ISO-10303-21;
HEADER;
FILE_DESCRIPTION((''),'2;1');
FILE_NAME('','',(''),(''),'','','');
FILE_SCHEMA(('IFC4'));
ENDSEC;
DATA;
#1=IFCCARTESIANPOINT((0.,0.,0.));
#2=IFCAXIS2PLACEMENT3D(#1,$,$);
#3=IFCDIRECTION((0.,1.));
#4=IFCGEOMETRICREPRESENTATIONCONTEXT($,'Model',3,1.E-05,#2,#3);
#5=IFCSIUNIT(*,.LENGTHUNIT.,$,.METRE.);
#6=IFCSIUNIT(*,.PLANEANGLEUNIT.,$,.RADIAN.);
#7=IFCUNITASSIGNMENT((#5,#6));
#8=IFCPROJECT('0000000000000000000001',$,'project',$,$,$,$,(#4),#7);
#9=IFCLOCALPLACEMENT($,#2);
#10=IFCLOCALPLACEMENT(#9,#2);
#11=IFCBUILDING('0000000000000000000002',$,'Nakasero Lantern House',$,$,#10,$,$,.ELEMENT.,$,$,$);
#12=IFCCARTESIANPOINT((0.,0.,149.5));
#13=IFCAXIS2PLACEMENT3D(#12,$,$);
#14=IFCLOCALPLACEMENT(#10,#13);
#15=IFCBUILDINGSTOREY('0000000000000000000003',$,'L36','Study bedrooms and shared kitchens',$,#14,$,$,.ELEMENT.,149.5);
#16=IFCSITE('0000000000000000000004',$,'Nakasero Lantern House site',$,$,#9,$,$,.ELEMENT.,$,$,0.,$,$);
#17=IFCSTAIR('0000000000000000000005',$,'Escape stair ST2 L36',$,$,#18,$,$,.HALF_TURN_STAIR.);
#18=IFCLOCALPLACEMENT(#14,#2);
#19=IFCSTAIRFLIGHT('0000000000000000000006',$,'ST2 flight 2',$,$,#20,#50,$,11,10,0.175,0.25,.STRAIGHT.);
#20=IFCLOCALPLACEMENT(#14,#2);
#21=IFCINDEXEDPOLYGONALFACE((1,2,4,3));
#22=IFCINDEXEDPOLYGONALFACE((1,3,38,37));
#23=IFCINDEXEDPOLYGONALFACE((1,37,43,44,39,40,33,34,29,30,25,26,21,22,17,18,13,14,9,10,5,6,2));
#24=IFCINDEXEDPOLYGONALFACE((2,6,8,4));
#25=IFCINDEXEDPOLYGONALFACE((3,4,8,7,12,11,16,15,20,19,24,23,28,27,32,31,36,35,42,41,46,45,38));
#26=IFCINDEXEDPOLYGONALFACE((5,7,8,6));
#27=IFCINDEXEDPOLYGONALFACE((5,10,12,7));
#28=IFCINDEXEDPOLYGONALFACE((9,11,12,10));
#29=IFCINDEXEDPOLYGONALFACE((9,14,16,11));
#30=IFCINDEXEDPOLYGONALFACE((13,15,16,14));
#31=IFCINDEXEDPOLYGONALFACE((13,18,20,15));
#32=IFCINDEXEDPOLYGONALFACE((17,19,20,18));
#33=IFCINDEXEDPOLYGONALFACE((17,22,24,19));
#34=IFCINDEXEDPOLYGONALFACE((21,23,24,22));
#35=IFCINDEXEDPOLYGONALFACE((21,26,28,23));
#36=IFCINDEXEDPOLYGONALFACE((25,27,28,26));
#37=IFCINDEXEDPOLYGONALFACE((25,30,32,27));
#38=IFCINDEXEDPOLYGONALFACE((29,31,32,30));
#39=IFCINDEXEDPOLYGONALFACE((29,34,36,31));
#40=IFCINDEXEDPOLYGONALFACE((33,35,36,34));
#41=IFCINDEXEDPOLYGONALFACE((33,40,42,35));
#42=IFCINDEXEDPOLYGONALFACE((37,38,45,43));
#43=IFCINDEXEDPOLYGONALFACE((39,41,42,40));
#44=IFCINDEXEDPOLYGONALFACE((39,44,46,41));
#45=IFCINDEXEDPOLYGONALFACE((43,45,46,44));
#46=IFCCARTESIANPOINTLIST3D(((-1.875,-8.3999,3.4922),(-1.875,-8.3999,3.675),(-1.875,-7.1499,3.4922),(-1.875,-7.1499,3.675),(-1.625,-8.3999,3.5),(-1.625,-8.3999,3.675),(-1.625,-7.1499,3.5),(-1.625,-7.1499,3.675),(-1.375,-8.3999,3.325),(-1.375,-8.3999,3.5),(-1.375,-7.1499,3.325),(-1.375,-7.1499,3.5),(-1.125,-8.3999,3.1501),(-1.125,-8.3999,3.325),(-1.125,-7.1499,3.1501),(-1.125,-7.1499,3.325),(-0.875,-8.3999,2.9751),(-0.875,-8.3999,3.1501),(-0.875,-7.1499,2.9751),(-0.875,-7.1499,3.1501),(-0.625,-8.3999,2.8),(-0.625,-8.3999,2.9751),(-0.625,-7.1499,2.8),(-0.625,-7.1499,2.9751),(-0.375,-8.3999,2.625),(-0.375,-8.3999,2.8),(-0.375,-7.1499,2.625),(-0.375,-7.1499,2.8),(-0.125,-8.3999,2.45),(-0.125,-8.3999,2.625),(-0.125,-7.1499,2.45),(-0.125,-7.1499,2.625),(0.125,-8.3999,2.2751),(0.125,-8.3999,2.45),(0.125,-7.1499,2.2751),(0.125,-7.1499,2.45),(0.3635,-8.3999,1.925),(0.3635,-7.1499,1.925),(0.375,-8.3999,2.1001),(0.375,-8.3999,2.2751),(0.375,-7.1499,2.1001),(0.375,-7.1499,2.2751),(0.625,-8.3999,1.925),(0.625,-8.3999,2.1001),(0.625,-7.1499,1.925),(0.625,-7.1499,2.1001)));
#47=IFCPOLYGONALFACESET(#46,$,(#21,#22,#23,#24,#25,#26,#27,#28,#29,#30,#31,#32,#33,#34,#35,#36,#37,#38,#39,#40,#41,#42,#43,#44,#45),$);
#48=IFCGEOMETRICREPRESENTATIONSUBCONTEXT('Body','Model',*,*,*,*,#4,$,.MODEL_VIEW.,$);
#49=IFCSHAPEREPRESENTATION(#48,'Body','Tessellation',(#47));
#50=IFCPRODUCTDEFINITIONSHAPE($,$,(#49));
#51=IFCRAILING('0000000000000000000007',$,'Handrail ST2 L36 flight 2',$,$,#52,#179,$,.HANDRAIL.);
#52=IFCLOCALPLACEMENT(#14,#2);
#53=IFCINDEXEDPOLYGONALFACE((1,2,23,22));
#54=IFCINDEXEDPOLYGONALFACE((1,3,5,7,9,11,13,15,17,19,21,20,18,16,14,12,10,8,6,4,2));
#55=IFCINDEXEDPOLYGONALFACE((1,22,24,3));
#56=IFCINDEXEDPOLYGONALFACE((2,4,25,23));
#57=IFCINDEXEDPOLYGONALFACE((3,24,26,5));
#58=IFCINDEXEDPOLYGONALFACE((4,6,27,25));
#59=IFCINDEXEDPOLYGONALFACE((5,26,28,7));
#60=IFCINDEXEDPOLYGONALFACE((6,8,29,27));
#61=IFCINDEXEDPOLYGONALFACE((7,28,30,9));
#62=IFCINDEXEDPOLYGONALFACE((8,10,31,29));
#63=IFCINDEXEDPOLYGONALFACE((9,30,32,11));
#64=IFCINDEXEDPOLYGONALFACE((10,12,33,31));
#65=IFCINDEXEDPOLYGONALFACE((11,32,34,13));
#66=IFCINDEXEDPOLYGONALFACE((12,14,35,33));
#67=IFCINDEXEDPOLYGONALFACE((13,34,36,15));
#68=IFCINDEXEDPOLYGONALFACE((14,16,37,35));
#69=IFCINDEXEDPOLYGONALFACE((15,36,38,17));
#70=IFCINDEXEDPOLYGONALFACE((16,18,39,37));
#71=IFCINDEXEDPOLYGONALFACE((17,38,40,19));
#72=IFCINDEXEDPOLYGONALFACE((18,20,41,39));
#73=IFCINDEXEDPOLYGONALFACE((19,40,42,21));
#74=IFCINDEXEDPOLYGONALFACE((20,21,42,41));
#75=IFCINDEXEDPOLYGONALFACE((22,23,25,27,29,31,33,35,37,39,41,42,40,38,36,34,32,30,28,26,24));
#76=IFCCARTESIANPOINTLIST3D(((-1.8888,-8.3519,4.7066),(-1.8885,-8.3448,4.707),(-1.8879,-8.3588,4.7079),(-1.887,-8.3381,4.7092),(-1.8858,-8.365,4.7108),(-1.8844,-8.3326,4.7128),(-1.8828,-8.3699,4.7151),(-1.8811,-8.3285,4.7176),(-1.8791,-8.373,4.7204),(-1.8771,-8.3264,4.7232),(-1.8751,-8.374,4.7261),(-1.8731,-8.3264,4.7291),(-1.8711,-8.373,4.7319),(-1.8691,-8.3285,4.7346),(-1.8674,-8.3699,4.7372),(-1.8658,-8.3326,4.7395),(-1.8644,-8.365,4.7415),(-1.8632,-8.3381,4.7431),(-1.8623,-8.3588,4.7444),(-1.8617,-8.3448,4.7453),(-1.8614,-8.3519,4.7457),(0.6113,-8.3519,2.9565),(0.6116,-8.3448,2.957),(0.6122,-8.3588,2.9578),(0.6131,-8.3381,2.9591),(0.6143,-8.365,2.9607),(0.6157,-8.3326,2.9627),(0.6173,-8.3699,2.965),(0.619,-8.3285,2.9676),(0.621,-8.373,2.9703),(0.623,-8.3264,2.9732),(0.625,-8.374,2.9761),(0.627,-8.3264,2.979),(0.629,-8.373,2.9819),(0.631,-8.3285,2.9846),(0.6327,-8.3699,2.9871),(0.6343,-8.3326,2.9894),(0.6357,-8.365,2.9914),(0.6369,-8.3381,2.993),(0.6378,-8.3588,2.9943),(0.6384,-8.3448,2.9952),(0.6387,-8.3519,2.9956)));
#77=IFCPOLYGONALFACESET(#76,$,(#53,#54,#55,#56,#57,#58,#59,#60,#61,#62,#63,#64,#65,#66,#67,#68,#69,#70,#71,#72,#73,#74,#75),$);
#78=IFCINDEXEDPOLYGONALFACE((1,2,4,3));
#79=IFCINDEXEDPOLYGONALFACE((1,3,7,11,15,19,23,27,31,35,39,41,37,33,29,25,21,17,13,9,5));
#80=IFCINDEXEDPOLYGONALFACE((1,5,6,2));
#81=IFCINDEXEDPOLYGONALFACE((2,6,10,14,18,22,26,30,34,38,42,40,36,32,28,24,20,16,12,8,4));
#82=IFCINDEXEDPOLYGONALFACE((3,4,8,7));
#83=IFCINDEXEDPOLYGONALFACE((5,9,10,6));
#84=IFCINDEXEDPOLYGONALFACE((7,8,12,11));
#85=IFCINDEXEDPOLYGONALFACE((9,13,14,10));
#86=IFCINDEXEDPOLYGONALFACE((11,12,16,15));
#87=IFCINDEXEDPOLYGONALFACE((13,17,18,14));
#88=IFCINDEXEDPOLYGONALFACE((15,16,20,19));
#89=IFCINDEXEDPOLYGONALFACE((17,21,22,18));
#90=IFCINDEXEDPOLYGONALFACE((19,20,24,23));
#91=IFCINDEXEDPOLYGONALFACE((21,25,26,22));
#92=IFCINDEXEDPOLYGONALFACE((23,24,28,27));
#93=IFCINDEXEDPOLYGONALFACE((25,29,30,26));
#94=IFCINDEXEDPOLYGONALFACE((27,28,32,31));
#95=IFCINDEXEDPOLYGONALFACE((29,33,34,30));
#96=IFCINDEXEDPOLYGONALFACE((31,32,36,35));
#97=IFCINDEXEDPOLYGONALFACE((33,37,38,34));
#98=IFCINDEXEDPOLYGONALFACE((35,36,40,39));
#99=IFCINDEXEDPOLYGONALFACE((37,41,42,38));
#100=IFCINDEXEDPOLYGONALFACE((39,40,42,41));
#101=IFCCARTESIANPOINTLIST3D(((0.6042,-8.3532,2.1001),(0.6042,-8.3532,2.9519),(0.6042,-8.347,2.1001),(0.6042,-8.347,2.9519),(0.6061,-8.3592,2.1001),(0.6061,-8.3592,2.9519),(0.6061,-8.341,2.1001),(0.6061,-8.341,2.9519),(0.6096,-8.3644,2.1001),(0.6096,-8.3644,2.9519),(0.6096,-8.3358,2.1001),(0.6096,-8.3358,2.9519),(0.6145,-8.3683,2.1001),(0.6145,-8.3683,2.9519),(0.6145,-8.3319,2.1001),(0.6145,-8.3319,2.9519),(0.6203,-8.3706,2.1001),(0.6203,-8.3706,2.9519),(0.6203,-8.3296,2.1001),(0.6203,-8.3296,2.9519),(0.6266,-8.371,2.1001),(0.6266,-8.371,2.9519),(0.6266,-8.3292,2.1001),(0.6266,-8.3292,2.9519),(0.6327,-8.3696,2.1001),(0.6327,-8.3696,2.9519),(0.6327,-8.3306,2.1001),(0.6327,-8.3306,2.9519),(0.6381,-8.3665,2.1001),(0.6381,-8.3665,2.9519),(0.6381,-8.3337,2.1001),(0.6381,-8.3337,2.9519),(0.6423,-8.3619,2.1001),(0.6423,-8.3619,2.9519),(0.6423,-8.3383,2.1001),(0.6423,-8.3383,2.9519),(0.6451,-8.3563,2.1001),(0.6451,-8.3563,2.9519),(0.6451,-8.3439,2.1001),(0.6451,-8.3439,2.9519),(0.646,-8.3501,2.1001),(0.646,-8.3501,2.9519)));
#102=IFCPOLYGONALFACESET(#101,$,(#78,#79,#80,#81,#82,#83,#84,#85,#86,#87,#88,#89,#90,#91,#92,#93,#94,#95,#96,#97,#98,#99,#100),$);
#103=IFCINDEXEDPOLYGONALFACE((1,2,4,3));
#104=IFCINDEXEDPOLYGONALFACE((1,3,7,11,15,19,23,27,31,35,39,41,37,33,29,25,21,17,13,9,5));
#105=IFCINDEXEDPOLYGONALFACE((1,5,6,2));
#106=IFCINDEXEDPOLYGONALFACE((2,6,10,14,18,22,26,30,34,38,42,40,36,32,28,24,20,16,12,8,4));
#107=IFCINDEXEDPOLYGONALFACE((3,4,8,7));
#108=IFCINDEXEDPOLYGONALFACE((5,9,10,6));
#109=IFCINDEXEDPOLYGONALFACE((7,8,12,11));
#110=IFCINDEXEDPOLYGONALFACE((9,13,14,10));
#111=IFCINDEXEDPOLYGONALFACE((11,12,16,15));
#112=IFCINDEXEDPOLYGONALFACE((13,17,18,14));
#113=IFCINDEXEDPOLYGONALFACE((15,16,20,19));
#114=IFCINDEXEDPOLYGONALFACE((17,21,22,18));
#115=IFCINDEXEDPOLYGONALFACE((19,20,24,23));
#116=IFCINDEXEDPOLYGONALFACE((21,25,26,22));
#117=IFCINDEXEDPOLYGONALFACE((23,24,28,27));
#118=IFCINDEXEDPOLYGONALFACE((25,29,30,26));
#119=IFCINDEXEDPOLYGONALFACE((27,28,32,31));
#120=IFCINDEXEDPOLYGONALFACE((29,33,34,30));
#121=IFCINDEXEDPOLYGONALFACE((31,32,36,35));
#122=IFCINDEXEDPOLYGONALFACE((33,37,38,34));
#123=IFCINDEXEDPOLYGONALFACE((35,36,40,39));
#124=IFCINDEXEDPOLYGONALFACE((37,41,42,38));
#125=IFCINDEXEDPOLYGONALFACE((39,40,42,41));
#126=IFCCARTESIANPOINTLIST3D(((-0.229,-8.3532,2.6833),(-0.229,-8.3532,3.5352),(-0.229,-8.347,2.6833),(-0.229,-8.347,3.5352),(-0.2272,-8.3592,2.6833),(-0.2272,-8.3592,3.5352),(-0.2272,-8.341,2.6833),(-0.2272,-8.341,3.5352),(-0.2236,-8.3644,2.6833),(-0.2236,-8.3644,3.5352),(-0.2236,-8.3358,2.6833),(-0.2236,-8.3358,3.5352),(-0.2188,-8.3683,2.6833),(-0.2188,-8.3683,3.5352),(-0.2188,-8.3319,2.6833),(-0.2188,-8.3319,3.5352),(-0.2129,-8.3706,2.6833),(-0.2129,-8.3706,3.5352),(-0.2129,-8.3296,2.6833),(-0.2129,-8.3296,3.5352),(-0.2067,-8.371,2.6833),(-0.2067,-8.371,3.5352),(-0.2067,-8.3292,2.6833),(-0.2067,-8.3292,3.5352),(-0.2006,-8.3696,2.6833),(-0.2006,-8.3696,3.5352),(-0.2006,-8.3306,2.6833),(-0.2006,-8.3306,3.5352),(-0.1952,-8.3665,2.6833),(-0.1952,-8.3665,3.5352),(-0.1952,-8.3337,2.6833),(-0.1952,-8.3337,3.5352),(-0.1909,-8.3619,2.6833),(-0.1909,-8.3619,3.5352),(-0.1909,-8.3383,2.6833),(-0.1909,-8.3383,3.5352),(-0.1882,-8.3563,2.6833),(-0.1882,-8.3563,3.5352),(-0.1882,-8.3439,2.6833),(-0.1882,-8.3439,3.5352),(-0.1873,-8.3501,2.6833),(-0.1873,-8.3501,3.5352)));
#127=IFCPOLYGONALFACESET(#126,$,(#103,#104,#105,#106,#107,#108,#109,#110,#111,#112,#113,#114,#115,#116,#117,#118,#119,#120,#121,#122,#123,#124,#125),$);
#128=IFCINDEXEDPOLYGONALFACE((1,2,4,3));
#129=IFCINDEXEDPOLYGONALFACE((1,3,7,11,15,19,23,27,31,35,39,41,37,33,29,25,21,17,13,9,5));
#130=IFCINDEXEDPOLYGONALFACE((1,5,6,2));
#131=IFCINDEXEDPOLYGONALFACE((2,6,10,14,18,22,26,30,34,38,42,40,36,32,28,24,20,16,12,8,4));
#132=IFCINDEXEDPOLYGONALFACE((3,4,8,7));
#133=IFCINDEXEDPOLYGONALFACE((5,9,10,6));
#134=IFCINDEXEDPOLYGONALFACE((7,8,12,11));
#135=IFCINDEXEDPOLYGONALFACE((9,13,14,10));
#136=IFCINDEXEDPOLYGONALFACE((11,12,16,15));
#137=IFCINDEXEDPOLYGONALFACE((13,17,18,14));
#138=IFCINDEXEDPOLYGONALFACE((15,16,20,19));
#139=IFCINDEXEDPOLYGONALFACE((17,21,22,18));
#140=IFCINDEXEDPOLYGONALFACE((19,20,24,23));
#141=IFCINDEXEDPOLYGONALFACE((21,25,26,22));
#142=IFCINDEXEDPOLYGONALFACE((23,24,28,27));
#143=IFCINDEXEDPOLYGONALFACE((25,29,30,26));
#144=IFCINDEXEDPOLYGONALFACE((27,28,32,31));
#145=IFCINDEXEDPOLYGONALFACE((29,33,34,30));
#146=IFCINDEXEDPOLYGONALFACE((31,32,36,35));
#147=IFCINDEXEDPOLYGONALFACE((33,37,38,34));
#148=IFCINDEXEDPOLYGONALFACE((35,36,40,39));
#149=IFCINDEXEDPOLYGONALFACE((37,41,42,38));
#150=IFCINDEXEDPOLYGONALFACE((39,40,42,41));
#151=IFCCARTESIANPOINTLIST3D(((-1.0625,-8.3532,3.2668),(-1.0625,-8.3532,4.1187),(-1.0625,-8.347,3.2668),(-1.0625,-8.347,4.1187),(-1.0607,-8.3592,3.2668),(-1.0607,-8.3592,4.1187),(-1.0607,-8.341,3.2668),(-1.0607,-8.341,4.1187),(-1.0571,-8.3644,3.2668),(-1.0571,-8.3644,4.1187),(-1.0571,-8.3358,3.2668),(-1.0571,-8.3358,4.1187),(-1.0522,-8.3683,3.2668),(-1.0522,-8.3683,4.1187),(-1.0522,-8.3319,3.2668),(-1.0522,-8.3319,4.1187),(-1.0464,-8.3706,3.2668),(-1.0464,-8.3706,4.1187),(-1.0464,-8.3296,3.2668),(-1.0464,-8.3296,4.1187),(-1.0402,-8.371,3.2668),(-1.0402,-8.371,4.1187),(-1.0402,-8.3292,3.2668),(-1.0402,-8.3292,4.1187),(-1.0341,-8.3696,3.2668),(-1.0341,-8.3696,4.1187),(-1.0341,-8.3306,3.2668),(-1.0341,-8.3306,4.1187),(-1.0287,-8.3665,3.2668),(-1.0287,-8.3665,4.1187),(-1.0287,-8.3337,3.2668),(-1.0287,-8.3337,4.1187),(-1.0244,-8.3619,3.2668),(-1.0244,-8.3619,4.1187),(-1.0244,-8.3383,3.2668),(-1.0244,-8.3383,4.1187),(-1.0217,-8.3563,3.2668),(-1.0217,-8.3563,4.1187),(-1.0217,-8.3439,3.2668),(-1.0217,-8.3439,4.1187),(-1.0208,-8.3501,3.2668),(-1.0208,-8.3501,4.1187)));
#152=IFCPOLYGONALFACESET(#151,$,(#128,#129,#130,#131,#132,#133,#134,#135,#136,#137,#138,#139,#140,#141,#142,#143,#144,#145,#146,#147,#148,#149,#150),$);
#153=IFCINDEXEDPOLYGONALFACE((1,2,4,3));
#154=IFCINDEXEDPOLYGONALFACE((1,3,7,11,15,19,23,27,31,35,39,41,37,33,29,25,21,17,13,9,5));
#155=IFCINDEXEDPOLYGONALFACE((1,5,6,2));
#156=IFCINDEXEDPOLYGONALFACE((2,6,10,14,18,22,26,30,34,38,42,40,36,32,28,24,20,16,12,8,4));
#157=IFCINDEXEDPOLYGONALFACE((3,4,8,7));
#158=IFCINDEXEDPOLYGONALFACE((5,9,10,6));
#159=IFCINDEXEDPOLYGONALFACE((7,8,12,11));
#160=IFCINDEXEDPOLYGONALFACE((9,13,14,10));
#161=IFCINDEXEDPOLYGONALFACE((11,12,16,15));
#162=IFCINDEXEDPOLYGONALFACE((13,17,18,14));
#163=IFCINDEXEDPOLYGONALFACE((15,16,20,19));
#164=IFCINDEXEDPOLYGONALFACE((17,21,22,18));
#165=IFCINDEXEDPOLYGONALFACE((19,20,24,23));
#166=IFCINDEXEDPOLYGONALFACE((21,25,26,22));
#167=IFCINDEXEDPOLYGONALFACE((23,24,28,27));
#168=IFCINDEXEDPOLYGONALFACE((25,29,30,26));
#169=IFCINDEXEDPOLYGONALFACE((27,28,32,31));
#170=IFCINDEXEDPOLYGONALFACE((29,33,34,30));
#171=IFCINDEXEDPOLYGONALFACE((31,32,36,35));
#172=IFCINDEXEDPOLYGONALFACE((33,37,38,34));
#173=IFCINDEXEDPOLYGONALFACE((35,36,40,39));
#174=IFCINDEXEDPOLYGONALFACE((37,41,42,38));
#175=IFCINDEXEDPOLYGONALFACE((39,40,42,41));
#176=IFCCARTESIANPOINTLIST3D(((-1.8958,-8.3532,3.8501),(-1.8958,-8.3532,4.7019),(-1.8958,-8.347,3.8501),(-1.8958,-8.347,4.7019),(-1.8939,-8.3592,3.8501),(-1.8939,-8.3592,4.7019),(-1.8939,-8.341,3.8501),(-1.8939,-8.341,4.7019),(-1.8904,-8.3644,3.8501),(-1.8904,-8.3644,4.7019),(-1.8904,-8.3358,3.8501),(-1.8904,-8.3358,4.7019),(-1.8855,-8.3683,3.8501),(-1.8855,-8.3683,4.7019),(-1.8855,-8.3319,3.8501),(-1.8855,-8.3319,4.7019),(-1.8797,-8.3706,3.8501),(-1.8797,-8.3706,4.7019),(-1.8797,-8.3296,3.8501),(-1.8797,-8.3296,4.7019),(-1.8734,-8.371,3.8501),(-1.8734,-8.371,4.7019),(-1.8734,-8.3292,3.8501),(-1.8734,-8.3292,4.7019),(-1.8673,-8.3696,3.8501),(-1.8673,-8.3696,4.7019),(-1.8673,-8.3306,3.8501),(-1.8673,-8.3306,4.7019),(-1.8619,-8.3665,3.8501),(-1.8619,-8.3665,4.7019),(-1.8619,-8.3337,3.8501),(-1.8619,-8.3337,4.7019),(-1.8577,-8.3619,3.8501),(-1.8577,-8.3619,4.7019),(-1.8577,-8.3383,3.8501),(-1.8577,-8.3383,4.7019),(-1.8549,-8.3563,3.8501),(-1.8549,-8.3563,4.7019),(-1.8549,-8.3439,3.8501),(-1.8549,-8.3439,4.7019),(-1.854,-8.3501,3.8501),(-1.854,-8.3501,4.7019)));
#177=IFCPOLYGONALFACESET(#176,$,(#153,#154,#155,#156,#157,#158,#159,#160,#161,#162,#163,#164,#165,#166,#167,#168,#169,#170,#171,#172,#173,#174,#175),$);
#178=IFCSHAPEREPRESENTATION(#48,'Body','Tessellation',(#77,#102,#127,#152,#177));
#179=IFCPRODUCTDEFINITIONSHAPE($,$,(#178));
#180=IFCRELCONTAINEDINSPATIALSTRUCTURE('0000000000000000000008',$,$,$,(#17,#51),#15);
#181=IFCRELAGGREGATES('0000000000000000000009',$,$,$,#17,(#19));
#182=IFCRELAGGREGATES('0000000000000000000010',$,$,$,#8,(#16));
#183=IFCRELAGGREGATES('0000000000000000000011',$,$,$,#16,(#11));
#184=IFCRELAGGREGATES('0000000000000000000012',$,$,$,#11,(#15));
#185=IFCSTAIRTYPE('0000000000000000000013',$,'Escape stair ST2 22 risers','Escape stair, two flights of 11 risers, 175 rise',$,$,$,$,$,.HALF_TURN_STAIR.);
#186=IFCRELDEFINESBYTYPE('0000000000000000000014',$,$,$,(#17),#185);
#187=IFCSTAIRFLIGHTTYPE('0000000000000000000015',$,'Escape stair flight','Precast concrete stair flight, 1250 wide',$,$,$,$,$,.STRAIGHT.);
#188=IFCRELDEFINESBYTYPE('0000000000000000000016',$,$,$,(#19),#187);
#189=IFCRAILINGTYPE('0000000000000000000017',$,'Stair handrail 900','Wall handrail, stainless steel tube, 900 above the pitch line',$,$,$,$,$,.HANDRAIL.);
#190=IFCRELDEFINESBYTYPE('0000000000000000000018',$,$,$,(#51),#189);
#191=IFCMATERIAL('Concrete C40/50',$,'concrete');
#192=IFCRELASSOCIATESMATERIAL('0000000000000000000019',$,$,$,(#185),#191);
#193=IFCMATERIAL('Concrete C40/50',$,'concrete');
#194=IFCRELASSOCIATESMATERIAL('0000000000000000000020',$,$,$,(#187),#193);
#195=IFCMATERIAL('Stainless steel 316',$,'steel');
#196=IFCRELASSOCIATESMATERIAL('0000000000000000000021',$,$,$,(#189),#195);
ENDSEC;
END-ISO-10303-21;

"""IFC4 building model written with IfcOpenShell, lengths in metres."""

from ifc_helpers import new_model, si_unit, direction, frame, origin, origin_2d, place, context, subcontext, project, spatial, polyline, circle, outline, extrude, material, type_object, element, aggregate, save


model = new_model("IFC4")

# Units and contexts
model_context = context("Model", 3, precision=1e-05, world=origin(), true_north=direction((0.0, 1.0)))
body_context = subcontext(model_context, "Body", "Model", "MODEL_VIEW")
ifc_project = project(units=[si_unit("LENGTHUNIT", "METRE"), si_unit("PLANEANGLEUNIT", "RADIAN")], contexts=[model_context])

# Site, building, storey
site_placement = place(None, origin())
site = spatial("IfcSite", under=ifc_project, at=site_placement, Name="Nakasero Lantern House site", CompositionType="ELEMENT", RefElevation=0.0)
building_placement = place(site_placement, origin())
building = spatial("IfcBuilding", under=site, at=building_placement, Name="Nakasero Lantern House", CompositionType="ELEMENT")
storey_placement = place(building_placement, frame((0.0, 0.0, 149.5)))
storey = spatial("IfcBuildingStorey", under=building, at=storey_placement, Name="L36", Description="Study bedrooms and shared kitchens", CompositionType="ELEMENT", Elevation=149.5)

# Stair, stair flight
ifc_material_1 = material(Name="Concrete C40/50", Category="concrete")
stair_type = type_object("IfcStairType", Name="Escape stair ST2 22 risers", Description="Escape stair, two flights of 11 risers, 175 rise", PredefinedType="HALF_TURN_STAIR", material=ifc_material_1)
stair_placement = place(storey_placement, origin())
stair = element("IfcStair", 1, at=stair_placement, inside=storey, type_object=stair_type, Name="Escape stair ST2 L36", PredefinedType="HALF_TURN_STAIR")
ifc_material_2 = material(Name="Concrete C40/50", Category="concrete")
stair_flight_type = type_object("IfcStairFlightType", Name="Escape stair flight", Description="Precast concrete stair flight, 1250 wide", PredefinedType="STRAIGHT", material=ifc_material_2)
stair_flight_placement = place(storey_placement, frame((0.625, -7.7749, 1.925), z_axis=(0.0, 0.0, 1.0), x_axis=(-1.0, 0.0, 0.0)))
stair_flight = element("IfcStairFlight", 2, at=stair_flight_placement, type_object=stair_flight_type, Name="ST2 flight 2", NumberOfRisers=11, NumberOfTreads=10, PredefinedType="STRAIGHT", RiserHeight=0.175, TreadLength=0.25, context=body_context, shape_type="SweptSolid", body=[
    extrude(outline(polyline([(0.0, 0.0), (0.0, 0.175), (0.25, 0.175), (0.25, 0.3501), (0.5, 0.3501), (0.5, 0.5249), (0.75, 0.5249), (0.75, 0.7), (1.0, 0.7), (1.0, 0.875), (1.25, 0.875), (1.25, 1.05), (1.5, 1.05), (1.5, 1.2251), (1.75, 1.2251), (1.75, 1.3999), (2.0, 1.3999), (2.0, 1.575), (2.25, 1.575), (2.25, 1.75), (2.5, 1.75), (2.5, 1.925), (2.5, 1.5671), (0.2615, 0.0), (0.0, 0.0)])), frame((0.0, 0.625, 0.0), z_axis=(0.0, -1.0, 0.0), x_axis=(1.0, 0.0, 0.0)), (0.0, 0.0, 1.0), 1.25),
])
aggregate(stair, [stair_flight])

# Railing
ifc_material_3 = material(Name="Stainless steel 316", Category="steel")
railing_type = type_object("IfcRailingType", Name="Stair handrail 900", Description="Wall handrail, stainless steel tube, 900 above the pitch line", PredefinedType="HANDRAIL", material=ifc_material_3)
railing_placement = place(storey_placement, frame((0.625, -8.3501, 2.1001)))
element("IfcRailing", 3, at=railing_placement, inside=storey, type_object=railing_type, Name="Handrail ST2 L36 flight 2", PredefinedType="HANDRAIL", context=body_context, shape_type="SweptSolid", body=[
    extrude(circle(Radius=0.0239, at=origin_2d()), frame((0.0, 0.0, 0.876), z_axis=(-0.819232, 0.0, 0.573462), x_axis=(0.0, -1.0, 0.0)), (0.0, 0.0, 1.0), 3.0518),
    extrude(circle(Radius=0.021, at=origin_2d()), origin(), (0.0, 0.0, 1.0), 0.8518),
    extrude(circle(Radius=0.021, at=origin_2d()), frame((-0.8333, 0.0, 0.5833)), (0.0, 0.0, 1.0), 0.8518),
    extrude(circle(Radius=0.021, at=origin_2d()), frame((-1.6667, 0.0, 1.1667)), (0.0, 0.0, 1.0), 0.8518),
    extrude(circle(Radius=0.021, at=origin_2d()), frame((-2.5, 0.0, 1.75)), (0.0, 0.0, 1.0), 0.8518),
])

save(model, "model.ifc")
